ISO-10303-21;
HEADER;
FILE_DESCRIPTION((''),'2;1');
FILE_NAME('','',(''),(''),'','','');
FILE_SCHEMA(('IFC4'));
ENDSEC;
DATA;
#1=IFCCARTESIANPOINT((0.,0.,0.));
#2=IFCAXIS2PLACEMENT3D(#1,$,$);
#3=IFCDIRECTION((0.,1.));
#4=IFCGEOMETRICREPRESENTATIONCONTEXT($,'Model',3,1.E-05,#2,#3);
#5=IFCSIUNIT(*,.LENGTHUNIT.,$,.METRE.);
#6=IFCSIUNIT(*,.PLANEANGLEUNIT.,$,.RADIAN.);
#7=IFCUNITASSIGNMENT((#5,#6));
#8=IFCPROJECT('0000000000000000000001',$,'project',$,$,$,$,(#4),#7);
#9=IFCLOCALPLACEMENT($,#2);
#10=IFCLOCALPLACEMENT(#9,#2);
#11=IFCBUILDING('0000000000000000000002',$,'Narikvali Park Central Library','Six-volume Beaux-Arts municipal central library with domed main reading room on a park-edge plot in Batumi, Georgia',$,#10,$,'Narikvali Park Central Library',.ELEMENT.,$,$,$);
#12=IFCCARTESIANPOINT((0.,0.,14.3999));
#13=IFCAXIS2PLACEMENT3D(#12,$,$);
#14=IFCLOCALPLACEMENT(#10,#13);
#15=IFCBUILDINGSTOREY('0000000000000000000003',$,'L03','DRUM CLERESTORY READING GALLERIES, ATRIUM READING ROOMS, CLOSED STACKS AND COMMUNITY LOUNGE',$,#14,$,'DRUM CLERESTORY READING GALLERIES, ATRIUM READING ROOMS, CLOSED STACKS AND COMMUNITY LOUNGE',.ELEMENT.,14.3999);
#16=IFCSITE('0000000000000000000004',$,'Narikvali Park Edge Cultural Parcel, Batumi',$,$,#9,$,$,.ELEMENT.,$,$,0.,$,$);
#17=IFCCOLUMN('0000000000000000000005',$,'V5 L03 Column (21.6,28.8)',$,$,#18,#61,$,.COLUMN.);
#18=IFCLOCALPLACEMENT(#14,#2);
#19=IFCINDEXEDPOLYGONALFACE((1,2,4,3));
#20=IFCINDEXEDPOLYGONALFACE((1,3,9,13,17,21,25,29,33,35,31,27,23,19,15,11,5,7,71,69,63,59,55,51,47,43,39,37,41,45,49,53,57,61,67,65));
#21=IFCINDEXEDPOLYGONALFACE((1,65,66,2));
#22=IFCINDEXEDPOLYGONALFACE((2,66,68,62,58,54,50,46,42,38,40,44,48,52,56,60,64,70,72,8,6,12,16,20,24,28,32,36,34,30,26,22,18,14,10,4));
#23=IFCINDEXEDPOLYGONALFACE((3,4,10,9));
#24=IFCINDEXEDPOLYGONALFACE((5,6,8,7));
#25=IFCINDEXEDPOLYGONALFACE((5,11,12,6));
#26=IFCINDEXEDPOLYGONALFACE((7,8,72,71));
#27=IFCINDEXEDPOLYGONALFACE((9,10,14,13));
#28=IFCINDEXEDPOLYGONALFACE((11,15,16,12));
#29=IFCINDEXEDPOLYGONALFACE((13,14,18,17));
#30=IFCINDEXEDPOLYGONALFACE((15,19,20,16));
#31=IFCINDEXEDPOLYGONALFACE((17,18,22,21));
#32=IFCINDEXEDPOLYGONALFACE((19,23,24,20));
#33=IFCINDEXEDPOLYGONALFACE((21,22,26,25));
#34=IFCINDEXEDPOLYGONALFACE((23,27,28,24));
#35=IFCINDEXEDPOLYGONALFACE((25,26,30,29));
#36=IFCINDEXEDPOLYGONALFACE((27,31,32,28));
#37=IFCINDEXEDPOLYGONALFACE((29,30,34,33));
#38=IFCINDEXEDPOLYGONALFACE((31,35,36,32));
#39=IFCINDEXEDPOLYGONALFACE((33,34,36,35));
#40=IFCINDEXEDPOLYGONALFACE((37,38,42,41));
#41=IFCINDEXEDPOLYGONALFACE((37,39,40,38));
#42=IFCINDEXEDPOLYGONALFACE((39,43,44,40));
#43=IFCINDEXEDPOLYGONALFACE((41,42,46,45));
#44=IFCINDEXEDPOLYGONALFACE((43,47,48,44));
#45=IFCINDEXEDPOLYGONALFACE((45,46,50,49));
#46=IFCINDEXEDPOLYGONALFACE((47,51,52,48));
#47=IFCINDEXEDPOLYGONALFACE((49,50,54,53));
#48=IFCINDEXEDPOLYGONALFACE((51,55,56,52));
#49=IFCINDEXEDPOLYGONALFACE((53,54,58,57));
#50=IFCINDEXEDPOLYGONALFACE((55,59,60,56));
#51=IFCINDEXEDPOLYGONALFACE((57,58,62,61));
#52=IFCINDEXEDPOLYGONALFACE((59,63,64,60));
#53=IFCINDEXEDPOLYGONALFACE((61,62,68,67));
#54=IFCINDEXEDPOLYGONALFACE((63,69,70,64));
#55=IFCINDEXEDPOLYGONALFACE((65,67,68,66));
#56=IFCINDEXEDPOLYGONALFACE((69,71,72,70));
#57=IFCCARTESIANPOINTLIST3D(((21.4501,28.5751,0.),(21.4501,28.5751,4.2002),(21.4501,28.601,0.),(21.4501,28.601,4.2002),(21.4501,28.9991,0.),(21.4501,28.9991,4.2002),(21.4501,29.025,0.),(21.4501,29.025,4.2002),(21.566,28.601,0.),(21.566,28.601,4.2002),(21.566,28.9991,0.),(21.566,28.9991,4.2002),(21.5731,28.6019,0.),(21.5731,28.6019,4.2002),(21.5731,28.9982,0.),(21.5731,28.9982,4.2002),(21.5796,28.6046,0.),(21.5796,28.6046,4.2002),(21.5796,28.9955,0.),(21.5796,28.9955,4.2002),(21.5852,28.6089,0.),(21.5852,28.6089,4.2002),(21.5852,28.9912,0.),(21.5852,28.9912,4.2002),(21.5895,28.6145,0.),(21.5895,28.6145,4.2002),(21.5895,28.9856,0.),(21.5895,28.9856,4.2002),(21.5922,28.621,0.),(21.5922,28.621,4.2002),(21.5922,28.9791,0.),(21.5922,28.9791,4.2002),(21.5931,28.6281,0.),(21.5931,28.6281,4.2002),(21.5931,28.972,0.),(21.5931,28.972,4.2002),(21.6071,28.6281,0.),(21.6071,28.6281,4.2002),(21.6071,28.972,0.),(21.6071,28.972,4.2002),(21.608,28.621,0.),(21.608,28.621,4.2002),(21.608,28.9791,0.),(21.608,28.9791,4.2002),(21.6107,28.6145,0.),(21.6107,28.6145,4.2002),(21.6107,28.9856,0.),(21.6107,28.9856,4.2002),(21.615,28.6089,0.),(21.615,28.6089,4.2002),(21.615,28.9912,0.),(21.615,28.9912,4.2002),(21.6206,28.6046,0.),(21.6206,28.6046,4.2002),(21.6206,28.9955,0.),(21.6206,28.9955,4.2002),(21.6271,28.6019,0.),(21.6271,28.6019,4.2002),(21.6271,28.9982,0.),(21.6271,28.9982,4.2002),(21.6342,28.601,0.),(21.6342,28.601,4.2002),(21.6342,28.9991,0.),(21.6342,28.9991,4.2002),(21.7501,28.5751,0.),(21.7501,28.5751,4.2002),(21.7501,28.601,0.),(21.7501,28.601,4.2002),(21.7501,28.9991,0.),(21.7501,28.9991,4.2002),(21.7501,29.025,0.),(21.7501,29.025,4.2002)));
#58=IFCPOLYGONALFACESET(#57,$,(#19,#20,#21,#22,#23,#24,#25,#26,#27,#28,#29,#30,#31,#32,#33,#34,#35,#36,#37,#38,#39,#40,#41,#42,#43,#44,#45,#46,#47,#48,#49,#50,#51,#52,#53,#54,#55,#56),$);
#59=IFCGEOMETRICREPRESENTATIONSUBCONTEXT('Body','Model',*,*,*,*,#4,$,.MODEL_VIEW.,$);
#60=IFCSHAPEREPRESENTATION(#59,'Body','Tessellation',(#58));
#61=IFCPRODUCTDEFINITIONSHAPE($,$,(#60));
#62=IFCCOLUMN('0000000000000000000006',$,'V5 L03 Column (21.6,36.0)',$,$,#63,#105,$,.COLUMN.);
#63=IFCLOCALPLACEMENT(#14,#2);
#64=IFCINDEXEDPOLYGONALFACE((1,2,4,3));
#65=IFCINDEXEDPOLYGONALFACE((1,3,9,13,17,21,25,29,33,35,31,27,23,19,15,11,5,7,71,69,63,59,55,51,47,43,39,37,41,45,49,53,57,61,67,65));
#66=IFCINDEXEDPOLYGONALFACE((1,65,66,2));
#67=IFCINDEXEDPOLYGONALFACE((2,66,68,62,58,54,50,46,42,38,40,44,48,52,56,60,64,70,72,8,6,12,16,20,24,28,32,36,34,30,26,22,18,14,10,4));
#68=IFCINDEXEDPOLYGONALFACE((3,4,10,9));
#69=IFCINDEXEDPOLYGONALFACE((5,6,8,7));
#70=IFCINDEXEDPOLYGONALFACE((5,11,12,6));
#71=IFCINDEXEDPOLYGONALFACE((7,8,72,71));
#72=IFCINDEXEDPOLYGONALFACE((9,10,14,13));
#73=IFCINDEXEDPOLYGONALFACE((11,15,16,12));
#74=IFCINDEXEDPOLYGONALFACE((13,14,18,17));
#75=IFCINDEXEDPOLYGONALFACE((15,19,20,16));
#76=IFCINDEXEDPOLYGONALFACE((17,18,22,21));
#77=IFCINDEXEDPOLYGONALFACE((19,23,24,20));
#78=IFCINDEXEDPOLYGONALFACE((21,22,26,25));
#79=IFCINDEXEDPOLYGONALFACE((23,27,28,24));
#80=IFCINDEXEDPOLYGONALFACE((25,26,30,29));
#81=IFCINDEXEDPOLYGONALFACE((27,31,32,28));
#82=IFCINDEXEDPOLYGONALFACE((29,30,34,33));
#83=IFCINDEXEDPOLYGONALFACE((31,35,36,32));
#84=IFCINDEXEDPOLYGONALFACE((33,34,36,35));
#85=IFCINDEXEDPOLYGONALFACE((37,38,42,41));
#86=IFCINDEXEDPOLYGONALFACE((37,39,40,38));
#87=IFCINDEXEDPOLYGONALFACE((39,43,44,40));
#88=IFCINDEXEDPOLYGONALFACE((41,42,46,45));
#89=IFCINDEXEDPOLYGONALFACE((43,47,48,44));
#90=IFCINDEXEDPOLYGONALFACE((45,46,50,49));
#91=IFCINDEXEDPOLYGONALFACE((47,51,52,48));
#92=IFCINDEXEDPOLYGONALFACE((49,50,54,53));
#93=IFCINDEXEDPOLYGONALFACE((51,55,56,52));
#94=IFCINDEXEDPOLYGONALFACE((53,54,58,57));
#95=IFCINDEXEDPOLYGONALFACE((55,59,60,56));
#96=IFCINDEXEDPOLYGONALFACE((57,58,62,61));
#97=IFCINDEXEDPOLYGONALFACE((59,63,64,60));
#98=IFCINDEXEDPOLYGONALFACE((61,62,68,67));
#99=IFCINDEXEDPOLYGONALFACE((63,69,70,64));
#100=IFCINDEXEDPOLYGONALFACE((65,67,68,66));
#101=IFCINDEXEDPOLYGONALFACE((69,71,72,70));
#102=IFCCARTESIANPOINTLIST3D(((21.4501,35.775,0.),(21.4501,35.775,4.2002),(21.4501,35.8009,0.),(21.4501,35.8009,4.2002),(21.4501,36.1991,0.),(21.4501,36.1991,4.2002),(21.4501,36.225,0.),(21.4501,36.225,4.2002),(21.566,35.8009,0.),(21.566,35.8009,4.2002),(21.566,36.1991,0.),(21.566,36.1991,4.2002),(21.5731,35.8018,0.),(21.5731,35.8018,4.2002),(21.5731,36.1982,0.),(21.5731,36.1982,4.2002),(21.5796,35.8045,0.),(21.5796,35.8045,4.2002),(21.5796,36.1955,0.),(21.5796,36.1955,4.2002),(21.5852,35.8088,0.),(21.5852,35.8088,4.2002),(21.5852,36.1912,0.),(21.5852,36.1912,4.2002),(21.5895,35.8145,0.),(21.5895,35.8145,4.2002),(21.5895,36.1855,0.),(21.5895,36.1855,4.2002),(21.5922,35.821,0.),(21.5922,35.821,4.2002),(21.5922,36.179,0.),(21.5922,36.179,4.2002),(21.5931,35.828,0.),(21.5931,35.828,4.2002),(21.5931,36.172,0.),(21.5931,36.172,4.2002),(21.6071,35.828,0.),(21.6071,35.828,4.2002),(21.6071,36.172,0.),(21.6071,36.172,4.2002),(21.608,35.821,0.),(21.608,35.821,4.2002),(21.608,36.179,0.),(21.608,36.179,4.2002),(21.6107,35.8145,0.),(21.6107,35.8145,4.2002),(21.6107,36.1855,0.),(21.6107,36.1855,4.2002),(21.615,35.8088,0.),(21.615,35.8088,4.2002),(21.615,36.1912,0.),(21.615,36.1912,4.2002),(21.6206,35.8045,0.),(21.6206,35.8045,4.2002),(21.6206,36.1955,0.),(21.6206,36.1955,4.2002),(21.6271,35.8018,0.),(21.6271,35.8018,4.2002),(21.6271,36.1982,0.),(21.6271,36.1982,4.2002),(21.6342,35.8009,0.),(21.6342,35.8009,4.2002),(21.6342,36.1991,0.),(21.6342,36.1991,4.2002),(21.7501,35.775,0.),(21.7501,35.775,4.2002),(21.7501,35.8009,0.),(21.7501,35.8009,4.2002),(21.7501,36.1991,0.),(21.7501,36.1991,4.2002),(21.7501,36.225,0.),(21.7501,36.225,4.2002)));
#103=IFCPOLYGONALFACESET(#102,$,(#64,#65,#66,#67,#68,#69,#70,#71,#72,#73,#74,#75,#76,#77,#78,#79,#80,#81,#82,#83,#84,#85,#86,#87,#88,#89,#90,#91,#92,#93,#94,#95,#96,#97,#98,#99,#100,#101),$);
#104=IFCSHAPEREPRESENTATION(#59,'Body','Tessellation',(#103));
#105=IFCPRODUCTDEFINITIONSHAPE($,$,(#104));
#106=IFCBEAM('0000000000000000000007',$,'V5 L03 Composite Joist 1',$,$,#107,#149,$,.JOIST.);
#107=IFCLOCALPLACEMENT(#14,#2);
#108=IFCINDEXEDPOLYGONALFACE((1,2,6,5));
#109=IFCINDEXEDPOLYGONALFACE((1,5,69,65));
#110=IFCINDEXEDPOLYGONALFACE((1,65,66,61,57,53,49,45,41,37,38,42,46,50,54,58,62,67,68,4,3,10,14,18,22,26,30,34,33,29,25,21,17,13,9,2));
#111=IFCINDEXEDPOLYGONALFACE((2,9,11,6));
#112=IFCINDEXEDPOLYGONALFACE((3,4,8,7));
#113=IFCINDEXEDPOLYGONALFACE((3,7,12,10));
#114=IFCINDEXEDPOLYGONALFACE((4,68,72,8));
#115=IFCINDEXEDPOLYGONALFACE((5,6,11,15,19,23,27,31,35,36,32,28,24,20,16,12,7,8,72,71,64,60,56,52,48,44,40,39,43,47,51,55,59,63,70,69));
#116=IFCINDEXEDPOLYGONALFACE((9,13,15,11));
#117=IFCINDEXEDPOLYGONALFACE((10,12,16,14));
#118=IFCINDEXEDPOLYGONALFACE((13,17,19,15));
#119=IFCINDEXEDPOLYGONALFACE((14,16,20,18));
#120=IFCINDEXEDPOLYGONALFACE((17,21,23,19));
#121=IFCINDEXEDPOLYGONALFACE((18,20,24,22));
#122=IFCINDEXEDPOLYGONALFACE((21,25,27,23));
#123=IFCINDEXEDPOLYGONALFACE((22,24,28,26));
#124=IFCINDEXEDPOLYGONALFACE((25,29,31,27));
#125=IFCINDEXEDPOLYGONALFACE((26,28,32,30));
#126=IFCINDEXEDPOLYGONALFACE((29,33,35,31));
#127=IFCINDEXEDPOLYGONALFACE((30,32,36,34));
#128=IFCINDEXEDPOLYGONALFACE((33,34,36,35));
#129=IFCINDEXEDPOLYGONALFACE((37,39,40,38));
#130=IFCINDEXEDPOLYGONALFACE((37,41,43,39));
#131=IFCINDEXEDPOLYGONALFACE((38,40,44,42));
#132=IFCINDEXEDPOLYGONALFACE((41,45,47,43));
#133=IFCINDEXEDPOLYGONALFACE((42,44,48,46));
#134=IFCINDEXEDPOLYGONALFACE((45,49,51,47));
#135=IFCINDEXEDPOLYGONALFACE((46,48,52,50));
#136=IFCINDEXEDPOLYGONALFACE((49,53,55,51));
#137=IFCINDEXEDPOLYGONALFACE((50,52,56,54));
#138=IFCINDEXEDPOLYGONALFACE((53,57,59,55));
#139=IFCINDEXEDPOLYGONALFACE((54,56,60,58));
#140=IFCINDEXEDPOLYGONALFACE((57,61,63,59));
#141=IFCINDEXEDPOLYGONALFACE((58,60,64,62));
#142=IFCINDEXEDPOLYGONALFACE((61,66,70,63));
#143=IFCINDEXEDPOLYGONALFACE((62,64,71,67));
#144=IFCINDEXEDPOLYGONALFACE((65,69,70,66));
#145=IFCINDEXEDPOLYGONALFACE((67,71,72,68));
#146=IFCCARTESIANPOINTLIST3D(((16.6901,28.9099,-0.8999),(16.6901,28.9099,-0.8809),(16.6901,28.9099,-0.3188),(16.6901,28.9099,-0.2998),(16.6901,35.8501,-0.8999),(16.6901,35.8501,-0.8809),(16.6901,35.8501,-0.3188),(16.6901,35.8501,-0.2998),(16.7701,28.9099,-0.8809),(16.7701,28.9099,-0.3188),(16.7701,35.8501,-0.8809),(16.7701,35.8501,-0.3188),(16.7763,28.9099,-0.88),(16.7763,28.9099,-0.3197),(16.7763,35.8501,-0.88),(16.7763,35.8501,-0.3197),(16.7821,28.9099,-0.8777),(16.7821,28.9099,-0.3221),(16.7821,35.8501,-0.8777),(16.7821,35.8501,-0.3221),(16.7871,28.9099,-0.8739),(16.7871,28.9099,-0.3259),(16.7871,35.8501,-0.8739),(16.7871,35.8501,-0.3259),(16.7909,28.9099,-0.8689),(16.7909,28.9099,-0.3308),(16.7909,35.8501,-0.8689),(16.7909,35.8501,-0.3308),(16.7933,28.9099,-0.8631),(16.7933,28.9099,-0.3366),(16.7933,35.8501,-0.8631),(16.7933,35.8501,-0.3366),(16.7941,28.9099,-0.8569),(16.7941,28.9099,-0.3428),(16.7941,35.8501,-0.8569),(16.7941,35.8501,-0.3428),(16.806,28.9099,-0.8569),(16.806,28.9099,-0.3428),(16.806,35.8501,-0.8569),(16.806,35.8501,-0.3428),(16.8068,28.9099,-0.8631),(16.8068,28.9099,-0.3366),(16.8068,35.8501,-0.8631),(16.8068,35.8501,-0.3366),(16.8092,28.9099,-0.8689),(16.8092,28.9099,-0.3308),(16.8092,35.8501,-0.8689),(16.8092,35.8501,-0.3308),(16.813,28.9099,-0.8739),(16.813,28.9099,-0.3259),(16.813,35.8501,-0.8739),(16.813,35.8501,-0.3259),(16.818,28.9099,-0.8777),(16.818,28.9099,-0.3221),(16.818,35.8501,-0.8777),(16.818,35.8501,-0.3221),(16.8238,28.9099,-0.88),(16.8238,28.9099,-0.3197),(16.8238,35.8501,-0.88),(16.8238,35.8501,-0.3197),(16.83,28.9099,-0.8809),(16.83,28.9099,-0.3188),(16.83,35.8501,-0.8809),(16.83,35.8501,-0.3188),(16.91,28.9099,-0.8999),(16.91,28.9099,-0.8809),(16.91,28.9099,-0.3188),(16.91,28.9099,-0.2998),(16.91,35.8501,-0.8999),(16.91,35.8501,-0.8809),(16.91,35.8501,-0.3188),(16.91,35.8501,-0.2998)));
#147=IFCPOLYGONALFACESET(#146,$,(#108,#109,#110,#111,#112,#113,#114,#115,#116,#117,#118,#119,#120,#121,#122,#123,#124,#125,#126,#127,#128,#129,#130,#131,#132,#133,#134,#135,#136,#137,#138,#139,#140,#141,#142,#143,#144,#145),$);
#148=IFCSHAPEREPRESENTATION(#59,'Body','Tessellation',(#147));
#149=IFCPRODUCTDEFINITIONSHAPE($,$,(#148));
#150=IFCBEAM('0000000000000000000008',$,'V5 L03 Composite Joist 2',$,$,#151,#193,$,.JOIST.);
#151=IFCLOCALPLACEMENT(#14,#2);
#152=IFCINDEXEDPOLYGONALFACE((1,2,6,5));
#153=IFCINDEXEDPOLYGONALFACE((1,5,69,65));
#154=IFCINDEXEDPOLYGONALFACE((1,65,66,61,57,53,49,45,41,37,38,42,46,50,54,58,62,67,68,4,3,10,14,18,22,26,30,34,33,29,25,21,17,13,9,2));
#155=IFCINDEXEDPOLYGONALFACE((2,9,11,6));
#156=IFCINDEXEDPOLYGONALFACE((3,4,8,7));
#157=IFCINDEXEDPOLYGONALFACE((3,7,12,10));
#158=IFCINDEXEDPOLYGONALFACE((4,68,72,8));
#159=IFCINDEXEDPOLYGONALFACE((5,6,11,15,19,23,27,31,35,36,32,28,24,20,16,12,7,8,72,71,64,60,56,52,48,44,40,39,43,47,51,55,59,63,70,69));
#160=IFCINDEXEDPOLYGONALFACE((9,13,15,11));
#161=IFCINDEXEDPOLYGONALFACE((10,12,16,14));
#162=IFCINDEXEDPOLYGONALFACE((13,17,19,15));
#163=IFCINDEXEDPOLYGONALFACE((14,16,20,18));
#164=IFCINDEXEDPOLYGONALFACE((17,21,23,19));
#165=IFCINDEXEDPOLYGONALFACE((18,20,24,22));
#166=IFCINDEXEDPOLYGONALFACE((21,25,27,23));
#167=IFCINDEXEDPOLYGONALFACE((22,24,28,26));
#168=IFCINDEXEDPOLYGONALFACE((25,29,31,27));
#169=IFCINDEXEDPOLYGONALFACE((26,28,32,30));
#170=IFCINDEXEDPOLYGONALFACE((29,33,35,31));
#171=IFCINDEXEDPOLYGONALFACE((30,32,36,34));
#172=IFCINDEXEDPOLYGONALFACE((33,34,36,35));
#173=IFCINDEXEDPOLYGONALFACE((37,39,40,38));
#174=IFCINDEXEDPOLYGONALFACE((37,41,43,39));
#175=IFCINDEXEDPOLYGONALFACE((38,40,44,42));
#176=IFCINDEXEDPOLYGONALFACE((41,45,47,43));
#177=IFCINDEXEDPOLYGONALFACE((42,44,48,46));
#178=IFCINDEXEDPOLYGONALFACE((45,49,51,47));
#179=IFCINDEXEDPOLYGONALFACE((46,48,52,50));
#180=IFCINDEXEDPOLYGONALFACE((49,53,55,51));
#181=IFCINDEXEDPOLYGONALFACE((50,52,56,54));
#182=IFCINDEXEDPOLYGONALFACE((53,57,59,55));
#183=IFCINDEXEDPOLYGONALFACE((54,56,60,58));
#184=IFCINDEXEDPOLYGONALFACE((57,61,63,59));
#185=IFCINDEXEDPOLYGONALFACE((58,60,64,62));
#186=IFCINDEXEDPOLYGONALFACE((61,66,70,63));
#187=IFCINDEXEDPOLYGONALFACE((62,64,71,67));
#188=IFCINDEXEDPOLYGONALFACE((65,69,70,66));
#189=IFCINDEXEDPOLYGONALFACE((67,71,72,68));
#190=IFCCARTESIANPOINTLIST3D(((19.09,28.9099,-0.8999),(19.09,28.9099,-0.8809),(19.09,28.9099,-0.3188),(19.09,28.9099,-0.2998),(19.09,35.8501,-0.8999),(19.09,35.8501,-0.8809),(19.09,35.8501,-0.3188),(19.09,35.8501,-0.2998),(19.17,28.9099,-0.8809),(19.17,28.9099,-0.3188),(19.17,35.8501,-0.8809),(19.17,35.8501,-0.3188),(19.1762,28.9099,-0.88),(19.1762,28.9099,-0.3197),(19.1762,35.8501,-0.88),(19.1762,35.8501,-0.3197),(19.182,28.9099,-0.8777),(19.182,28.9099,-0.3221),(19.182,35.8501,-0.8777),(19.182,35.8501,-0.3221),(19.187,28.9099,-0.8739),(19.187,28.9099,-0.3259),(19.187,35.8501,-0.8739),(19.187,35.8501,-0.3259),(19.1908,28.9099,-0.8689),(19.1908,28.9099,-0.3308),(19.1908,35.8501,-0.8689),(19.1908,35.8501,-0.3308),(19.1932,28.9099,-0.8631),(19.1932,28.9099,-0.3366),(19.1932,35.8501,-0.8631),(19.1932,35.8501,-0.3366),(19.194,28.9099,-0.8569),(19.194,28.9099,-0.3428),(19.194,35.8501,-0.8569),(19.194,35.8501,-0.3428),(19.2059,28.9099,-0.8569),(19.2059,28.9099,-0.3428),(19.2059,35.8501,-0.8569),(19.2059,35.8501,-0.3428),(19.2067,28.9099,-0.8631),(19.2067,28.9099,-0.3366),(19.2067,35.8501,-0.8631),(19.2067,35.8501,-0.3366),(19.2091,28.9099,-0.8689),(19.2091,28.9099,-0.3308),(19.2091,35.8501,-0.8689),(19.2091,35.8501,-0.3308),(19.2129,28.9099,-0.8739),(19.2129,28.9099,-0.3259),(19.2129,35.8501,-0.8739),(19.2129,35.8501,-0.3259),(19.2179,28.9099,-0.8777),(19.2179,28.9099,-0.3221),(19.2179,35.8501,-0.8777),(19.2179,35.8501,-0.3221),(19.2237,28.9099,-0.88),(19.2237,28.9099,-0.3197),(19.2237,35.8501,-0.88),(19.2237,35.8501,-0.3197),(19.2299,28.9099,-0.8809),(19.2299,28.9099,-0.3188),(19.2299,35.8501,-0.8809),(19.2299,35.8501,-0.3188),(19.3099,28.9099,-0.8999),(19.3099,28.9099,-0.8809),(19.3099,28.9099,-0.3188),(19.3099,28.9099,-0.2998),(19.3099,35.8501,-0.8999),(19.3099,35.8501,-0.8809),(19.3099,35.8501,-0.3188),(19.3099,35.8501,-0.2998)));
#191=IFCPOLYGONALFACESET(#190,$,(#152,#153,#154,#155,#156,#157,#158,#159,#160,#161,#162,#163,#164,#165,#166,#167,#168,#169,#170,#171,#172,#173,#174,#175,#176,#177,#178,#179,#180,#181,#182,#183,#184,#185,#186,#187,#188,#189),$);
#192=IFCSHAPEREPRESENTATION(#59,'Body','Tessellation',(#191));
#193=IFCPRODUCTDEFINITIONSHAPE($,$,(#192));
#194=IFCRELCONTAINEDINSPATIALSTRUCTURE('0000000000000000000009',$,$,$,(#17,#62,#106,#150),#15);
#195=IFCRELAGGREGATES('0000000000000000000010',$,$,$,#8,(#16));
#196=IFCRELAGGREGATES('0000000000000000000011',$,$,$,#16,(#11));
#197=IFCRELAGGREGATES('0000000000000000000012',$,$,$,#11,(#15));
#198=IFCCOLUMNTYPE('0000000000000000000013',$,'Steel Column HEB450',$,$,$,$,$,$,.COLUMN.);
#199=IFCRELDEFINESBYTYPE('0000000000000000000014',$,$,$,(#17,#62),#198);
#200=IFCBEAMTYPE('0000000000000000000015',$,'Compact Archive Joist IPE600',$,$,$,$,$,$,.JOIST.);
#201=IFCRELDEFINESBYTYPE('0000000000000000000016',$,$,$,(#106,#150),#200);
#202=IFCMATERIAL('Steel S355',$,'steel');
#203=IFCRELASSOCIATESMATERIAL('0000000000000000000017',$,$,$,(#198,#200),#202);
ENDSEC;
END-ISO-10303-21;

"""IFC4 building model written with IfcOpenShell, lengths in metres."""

from ifc_helpers import new_model, si_unit, direction, frame, origin, origin_2d, place, context, subcontext, project, spatial, i_section, extrude, material, material_profile, profile_set, type_object, element, save


model = new_model("IFC4")

# Units and contexts
model_context = context("Model", 3, precision=1e-05, world=origin(), true_north=direction((0.0, 1.0)))
body_context = subcontext(model_context, "Body", "Model", "MODEL_VIEW")
ifc_project = project(units=[si_unit("LENGTHUNIT", "METRE"), si_unit("PLANEANGLEUNIT", "RADIAN")], contexts=[model_context])

# Site, building, storey
site_placement = place(None, origin())
site = spatial("IfcSite", under=ifc_project, at=site_placement, Name="Narikvali Park Edge Cultural Parcel, Batumi", CompositionType="ELEMENT", RefElevation=0.0)
building_placement = place(site_placement, origin())
building = spatial("IfcBuilding", under=site, at=building_placement, Name="Narikvali Park Central Library", Description="Six-volume Beaux-Arts municipal central library with domed main reading room on a park-edge plot in Batumi, Georgia", LongName="Narikvali Park Central Library", CompositionType="ELEMENT")
storey_placement = place(building_placement, frame((0.0, 0.0, 14.3999)))
storey = spatial("IfcBuildingStorey", under=building, at=storey_placement, Name="L03", Description="DRUM CLERESTORY READING GALLERIES, ATRIUM READING ROOMS, CLOSED STACKS AND COMMUNITY LOUNGE", LongName="DRUM CLERESTORY READING GALLERIES, ATRIUM READING ROOMS, CLOSED STACKS AND COMMUNITY LOUNGE", CompositionType="ELEMENT", Elevation=14.3999)

# Columns
ifc_material_1 = material(Name="Steel S355", Category="steel")
ifc_material_profile_1 = material_profile(ifc_material_1, i_section(OverallWidth=0.3, OverallDepth=0.45, WebThickness=0.0139, FlangeThickness=0.0259, FilletRadius=0.0271, at=origin_2d()), Name="HEB 450")
ifc_profile_set_1 = profile_set([ifc_material_profile_1], Name="Steel S355")
column_type = type_object("IfcColumnType", Name="Steel Column HEB450", PredefinedType="COLUMN", material=ifc_profile_set_1)
for number, where, z_axis, x_axis, name in (
    (1, (21.6001, 28.8, 0.0), (0.0, 0.0, 1.0), (1.0, 0.0, 0.0), "V5 L03 Column (21.6,28.8)"),
    (2, (21.6001, 36.0, 0.0), (0.0, 0.0, 1.0), (1.0, 0.0, 0.0), "V5 L03 Column (21.6,36.0)"),
):
    element("IfcColumn", number, at=place(storey_placement, frame(where, z_axis=z_axis, x_axis=x_axis)), inside=storey, type_object=column_type, Name=name, PredefinedType="COLUMN", context=body_context, shape_type="SweptSolid", body=[
        extrude(i_section(OverallWidth=0.3, OverallDepth=0.45, WebThickness=0.0139, FlangeThickness=0.0259, FilletRadius=0.0271, at=origin_2d()), origin(), (0.0, 0.0, 1.0), 4.2002),
    ])

# Beams
ifc_material_profile_2 = material_profile(ifc_material_1, i_section(OverallWidth=0.22, OverallDepth=0.6001, WebThickness=0.012, FlangeThickness=0.019, FilletRadius=0.0239, at=origin_2d()), Name="IPE 600")
ifc_profile_set_2 = profile_set([ifc_material_profile_2], Name="Steel S355")
beam_type_1 = type_object("IfcBeamType", Name="Compact Archive Joist IPE600", PredefinedType="JOIST", material=ifc_profile_set_2)
for number, where, z_axis, x_axis, name in (
    (3, (16.8, 28.9099, -0.5999), (0.0, 1.0, 0.0), (-1.0, 0.0, 0.0), "V5 L03 Composite Joist 1"),
    (4, (19.2, 28.9099, -0.5999), (0.0, 1.0, 0.0), (-1.0, 0.0, 0.0), "V5 L03 Composite Joist 2"),
):
    element("IfcBeam", number, at=place(storey_placement, frame(where, z_axis=z_axis, x_axis=x_axis)), inside=storey, type_object=beam_type_1, Name=name, PredefinedType="JOIST", context=body_context, shape_type="SweptSolid", body=[
        extrude(i_section(OverallWidth=0.22, OverallDepth=0.6001, WebThickness=0.012, FlangeThickness=0.019, FilletRadius=0.0239, at=origin_2d()), origin(), (0.0, 0.0, 1.0), 6.9402),
    ])

save(model, "model.ifc")
